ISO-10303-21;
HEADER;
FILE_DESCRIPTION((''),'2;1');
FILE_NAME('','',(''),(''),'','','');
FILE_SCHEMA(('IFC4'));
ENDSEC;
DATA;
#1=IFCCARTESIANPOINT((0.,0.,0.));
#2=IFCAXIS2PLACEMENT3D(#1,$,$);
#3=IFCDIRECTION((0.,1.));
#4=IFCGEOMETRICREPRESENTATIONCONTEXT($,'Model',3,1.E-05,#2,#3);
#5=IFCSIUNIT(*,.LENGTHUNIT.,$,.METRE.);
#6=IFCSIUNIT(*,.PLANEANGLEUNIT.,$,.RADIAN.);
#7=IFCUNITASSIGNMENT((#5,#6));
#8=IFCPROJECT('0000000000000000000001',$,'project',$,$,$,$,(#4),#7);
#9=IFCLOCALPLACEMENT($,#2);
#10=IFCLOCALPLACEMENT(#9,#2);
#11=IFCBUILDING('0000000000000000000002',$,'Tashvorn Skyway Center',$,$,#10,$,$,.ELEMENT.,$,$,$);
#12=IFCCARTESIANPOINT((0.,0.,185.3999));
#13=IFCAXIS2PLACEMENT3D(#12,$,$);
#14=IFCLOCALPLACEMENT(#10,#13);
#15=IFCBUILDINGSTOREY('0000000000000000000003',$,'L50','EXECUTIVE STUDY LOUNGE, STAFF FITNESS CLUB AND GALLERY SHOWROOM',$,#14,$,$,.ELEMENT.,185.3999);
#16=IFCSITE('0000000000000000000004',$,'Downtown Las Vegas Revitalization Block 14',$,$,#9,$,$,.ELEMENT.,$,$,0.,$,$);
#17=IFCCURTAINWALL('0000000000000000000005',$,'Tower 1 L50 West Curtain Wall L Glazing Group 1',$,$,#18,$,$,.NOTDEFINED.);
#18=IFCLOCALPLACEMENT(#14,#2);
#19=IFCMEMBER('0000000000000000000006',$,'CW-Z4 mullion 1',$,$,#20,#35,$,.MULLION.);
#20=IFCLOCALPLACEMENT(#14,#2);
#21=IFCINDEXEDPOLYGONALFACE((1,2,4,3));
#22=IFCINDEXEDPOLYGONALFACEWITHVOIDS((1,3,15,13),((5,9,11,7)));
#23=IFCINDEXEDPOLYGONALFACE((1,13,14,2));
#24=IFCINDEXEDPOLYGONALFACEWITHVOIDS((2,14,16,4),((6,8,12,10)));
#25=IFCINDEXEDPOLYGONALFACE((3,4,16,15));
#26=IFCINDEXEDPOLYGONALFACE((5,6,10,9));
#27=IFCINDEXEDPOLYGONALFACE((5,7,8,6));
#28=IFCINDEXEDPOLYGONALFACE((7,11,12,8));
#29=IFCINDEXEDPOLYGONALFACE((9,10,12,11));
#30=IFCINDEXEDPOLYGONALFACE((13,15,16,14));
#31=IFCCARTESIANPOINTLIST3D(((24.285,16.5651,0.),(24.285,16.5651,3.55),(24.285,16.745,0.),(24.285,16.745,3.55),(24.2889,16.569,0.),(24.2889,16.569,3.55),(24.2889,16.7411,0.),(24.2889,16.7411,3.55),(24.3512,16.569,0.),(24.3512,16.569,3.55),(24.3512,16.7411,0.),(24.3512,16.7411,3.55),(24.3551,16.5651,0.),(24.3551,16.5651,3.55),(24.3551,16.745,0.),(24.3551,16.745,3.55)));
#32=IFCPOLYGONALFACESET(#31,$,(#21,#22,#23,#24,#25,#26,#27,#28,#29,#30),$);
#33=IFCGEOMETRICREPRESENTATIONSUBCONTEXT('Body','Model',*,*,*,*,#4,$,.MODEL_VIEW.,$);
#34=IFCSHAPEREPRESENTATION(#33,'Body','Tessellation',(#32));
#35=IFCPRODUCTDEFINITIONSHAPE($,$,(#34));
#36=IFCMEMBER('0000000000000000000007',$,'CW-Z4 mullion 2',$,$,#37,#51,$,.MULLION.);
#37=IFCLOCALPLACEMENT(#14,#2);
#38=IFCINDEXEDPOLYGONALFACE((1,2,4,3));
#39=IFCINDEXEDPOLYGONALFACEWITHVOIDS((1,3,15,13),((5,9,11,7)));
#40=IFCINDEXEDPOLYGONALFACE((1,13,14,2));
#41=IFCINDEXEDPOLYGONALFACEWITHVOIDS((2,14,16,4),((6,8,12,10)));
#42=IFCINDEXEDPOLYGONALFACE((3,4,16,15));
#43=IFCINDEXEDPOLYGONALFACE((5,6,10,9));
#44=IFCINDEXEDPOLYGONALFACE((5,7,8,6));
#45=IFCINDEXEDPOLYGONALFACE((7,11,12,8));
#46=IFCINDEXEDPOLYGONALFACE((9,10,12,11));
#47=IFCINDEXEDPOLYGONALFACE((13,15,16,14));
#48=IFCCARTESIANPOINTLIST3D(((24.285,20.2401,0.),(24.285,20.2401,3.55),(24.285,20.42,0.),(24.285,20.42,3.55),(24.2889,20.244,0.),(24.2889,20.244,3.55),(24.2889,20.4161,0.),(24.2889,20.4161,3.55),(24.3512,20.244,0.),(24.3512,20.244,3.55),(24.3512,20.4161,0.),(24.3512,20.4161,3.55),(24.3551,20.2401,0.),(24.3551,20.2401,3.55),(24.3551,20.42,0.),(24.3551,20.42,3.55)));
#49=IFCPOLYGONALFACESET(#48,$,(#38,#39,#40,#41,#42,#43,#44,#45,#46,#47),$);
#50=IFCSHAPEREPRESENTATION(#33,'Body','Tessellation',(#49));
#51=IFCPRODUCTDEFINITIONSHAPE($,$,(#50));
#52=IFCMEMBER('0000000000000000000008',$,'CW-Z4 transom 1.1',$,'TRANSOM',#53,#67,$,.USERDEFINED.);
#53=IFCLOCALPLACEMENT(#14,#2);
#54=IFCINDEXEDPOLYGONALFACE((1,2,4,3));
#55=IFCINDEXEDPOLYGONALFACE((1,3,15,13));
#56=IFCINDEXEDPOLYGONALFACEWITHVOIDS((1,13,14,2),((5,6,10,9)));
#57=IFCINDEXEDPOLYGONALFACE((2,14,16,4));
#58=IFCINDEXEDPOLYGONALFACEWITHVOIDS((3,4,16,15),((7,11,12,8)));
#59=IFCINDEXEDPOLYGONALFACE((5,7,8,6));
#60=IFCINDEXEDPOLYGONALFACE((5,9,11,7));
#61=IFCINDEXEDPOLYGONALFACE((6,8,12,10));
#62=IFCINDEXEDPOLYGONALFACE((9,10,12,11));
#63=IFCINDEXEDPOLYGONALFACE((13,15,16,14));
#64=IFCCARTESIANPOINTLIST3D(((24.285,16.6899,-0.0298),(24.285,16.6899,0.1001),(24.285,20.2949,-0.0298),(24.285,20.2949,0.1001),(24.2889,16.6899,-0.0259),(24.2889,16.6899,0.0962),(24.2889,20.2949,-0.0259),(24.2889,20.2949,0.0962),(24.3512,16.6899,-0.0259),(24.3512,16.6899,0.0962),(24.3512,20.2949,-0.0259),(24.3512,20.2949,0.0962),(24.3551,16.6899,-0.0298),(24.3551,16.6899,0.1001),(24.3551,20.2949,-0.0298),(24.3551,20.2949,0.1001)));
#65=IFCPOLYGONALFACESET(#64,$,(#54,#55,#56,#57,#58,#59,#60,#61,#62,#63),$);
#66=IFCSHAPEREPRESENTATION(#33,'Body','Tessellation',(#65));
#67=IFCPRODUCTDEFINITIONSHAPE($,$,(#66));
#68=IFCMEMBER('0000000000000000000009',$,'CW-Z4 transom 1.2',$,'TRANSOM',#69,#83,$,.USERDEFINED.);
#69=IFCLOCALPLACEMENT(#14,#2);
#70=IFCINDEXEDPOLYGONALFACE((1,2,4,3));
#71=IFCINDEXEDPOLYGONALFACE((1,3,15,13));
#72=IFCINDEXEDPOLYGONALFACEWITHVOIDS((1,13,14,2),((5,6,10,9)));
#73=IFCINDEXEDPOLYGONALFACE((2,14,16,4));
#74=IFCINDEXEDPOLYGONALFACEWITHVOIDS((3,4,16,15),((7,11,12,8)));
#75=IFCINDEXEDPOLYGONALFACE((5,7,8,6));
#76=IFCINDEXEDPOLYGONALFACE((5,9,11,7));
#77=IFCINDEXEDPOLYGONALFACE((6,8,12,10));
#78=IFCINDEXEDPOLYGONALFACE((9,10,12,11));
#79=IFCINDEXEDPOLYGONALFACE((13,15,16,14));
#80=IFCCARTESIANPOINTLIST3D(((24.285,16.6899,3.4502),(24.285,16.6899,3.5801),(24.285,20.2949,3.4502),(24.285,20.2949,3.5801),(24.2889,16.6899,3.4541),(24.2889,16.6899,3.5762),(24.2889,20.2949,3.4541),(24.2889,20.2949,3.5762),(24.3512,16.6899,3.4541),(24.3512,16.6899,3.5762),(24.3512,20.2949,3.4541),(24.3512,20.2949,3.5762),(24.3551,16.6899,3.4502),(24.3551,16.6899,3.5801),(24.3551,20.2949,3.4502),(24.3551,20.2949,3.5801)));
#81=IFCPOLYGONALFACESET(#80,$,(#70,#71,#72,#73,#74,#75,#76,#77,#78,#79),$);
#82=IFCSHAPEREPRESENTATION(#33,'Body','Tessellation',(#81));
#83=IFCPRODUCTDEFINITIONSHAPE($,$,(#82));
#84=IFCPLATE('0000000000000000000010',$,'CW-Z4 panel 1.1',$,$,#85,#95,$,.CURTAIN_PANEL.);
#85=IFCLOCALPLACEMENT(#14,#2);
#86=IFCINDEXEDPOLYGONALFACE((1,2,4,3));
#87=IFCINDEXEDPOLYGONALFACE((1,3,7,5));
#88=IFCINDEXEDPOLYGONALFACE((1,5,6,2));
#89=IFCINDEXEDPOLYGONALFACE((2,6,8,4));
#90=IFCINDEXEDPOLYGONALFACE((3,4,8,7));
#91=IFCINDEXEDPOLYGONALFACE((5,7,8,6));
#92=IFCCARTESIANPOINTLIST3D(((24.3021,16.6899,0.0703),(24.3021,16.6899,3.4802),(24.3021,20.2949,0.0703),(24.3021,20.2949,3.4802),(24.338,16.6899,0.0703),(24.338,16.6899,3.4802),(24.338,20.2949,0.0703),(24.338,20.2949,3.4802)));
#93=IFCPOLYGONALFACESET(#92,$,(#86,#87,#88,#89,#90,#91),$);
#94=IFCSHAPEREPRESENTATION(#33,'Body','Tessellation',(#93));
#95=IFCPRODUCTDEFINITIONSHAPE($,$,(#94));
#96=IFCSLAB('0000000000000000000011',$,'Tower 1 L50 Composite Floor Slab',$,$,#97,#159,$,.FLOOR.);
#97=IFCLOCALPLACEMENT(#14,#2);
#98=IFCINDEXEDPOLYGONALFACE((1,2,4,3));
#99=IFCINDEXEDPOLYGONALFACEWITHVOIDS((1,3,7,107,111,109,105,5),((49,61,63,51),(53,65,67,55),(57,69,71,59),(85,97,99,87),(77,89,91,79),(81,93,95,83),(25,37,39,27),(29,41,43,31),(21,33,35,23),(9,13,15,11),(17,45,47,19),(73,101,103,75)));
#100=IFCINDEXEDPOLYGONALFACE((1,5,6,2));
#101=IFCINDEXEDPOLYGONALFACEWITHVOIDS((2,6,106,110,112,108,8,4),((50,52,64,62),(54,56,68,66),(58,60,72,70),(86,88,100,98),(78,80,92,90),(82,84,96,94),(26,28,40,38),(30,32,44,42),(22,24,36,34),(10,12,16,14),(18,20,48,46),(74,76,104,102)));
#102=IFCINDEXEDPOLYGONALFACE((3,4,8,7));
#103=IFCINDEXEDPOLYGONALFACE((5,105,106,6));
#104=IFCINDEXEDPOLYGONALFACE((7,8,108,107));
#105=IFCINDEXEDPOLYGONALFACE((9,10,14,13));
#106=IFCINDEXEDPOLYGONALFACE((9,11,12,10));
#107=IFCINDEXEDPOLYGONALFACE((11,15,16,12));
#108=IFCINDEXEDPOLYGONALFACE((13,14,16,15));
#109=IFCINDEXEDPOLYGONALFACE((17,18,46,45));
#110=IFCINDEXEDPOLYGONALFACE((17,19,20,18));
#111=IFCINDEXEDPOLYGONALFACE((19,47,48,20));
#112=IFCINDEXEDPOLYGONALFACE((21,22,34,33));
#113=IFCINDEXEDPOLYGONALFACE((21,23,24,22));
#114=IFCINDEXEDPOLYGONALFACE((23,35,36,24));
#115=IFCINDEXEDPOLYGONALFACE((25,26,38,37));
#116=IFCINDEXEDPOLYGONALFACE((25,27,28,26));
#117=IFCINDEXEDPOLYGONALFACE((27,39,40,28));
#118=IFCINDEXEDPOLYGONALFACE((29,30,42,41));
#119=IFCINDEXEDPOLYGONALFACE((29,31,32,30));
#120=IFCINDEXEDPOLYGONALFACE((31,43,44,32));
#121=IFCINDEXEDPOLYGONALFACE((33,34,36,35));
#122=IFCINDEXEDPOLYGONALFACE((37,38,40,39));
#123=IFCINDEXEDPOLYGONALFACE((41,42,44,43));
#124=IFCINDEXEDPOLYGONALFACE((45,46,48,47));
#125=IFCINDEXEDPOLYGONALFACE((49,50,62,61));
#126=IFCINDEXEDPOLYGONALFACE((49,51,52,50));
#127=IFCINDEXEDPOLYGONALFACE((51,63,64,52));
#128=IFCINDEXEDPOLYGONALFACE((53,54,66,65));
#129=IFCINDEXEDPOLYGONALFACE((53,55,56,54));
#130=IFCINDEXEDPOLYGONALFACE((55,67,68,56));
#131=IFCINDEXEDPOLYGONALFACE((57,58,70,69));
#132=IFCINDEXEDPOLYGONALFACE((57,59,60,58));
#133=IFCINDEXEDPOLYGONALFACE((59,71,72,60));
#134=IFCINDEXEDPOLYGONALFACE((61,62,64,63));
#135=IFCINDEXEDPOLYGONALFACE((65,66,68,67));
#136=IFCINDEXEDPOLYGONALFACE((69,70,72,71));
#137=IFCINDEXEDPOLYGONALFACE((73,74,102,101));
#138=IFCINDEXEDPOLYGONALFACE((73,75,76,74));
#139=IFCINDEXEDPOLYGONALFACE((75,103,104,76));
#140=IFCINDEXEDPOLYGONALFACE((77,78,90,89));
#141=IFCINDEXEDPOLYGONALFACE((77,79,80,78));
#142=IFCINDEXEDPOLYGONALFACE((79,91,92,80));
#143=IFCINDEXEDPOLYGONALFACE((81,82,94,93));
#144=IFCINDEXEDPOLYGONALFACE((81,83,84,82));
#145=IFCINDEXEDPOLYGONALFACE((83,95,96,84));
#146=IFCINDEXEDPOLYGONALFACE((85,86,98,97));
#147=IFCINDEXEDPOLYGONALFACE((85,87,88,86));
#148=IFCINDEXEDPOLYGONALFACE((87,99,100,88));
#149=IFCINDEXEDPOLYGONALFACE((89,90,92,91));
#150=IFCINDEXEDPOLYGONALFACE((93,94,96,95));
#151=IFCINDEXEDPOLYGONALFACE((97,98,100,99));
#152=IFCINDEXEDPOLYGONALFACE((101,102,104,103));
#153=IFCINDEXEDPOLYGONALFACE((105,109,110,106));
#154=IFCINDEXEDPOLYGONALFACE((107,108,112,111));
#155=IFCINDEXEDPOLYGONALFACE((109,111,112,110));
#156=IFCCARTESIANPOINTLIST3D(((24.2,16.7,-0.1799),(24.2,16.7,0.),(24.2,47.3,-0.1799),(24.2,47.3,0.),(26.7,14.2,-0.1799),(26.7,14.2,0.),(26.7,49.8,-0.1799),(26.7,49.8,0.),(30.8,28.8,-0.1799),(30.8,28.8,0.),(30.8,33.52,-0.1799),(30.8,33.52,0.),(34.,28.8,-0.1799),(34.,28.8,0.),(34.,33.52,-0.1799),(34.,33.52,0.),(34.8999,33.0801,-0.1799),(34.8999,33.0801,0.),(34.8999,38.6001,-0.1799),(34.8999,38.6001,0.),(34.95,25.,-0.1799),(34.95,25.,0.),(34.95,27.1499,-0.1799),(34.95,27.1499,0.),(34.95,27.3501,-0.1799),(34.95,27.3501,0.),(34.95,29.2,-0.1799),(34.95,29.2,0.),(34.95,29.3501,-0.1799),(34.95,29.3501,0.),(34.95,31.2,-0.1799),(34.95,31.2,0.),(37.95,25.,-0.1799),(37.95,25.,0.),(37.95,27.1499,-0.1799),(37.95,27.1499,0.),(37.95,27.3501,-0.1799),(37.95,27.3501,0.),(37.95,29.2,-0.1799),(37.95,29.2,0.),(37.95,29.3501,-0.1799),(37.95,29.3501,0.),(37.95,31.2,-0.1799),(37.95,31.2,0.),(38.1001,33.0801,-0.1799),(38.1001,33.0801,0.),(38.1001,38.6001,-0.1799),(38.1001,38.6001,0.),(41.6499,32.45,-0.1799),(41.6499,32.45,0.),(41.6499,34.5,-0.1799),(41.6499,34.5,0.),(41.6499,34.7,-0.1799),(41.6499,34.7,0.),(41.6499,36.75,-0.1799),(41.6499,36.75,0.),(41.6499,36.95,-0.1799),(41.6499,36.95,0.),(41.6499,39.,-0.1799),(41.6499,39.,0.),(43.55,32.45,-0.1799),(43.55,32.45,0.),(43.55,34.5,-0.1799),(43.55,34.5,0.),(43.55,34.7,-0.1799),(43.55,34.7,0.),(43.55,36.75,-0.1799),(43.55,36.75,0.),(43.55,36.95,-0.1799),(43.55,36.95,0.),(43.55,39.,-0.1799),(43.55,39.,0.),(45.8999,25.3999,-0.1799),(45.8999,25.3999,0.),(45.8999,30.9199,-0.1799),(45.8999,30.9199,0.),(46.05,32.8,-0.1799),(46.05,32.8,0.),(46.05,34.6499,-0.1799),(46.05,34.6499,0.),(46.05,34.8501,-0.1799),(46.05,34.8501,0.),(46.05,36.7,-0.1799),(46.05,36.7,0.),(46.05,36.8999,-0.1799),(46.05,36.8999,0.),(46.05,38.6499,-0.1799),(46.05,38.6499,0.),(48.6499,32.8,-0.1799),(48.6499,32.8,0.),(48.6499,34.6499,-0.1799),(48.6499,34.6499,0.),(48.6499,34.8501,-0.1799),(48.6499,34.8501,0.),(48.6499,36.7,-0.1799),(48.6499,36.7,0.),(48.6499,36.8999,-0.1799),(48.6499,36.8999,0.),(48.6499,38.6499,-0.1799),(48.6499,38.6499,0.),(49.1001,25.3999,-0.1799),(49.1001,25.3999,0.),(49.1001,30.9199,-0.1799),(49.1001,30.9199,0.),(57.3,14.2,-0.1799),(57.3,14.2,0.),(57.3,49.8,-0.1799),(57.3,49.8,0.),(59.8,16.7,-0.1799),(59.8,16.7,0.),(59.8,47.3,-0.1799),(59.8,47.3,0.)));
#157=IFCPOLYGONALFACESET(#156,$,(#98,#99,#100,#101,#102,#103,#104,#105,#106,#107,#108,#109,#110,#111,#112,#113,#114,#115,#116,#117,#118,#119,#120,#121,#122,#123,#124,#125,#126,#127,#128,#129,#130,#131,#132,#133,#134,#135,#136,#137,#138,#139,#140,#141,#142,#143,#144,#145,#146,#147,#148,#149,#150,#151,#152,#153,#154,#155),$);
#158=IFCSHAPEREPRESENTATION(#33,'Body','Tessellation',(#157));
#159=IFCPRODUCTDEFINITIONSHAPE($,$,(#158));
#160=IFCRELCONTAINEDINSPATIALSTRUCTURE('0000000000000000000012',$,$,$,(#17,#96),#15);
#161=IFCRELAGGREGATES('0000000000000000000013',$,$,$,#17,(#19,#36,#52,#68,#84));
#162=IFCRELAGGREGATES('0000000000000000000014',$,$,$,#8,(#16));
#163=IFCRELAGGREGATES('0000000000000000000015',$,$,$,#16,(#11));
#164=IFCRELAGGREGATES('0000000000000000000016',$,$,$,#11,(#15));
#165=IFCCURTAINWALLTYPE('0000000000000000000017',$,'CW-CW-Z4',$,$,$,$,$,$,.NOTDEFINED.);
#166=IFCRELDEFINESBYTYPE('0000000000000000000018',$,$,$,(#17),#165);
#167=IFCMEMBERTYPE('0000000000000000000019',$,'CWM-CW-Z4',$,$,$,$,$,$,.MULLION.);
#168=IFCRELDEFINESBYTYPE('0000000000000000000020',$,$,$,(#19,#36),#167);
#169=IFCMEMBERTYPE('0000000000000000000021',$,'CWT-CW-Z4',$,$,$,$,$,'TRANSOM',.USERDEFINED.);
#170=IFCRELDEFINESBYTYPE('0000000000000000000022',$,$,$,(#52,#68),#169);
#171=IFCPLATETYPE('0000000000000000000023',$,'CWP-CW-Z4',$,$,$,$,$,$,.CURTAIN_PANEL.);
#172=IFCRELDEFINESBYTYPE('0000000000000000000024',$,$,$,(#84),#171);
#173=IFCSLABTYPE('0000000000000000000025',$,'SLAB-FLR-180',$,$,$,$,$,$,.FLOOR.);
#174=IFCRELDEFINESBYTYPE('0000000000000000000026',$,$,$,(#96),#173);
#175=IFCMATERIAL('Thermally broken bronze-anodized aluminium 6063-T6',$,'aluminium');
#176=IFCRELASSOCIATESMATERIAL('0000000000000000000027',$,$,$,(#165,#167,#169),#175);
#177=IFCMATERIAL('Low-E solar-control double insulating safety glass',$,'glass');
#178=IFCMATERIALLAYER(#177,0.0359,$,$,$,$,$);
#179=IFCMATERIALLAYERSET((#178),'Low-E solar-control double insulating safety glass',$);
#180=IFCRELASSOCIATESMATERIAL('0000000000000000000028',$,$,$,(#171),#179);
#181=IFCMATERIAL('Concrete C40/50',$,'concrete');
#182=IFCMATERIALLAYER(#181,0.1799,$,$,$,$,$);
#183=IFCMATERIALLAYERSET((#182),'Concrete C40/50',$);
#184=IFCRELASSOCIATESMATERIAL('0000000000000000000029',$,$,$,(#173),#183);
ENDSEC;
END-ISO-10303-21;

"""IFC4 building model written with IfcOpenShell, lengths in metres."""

from ifc_helpers import new_model, si_unit, direction, frame, origin, origin_2d, place, context, subcontext, project, spatial, polyline, rectangle, hollow_rectangle, outline, extrude, material, layer, layer_set, material_profile, profile_set, type_object, element, aggregate, save


model = new_model("IFC4")

# Units and contexts
model_context = context("Model", 3, precision=1e-05, world=origin(), true_north=direction((0.0, 1.0)))
body_context = subcontext(model_context, "Body", "Model", "MODEL_VIEW")
ifc_project = project(units=[si_unit("LENGTHUNIT", "METRE"), si_unit("PLANEANGLEUNIT", "RADIAN")], contexts=[model_context])

# Site, building, storey
site_placement = place(None, origin())
site = spatial("IfcSite", under=ifc_project, at=site_placement, Name="Downtown Las Vegas Revitalization Block 14", CompositionType="ELEMENT", RefElevation=0.0)
building_placement = place(site_placement, origin())
building = spatial("IfcBuilding", under=site, at=building_placement, Name="Tashvorn Skyway Center", CompositionType="ELEMENT")
storey_placement = place(building_placement, frame((0.0, 0.0, 185.3999)))
storey = spatial("IfcBuildingStorey", under=building, at=storey_placement, Name="L50", Description="EXECUTIVE STUDY LOUNGE, STAFF FITNESS CLUB AND GALLERY SHOWROOM", CompositionType="ELEMENT", Elevation=185.3999)

# Curtain wall, members, plate
ifc_material_1 = material(Name="Thermally broken bronze-anodized aluminium 6063-T6", Category="aluminium")
curtain_wall_type = type_object("IfcCurtainWallType", Name="CW-CW-Z4", PredefinedType="NOTDEFINED", material=ifc_material_1)
curtain_wall_placement = place(storey_placement, origin())
curtain_wall = element("IfcCurtainWall", 1, at=curtain_wall_placement, inside=storey, type_object=curtain_wall_type, Name="Tower 1 L50 West Curtain Wall L Glazing Group 1", PredefinedType="NOTDEFINED")
ifc_material_profile_1 = material_profile(ifc_material_1, hollow_rectangle(XDim=0.0701, YDim=0.1799, WallThickness=0.0039, at=origin_2d()), Name="ALU-MULL-70x180")
ifc_profile_set_1 = profile_set([ifc_material_profile_1], Name="Thermally broken bronze-anodized aluminium 6063-T6")
member_type_1 = type_object("IfcMemberType", Name="CWM-CW-Z4", PredefinedType="MULLION", material=ifc_profile_set_1)
member_1_placement = place(storey_placement, frame((24.3201, 16.655, 0.0), z_axis=(0.0, 0.0, 1.0), x_axis=(-1.0, 0.0, 0.0)))
member_1 = element("IfcMember", 2, at=member_1_placement, type_object=member_type_1, Name="CW-Z4 mullion 1", PredefinedType="MULLION", context=body_context, shape_type="SweptSolid", body=[
    extrude(hollow_rectangle(XDim=0.0701, YDim=0.1799, WallThickness=0.0039, at=origin_2d()), origin(), (0.0, 0.0, 1.0), 3.55),
])
member_2_placement = place(storey_placement, frame((24.3201, 20.3301, 0.0), z_axis=(0.0, 0.0, 1.0), x_axis=(-1.0, 0.0, 0.0)))
member_2 = element("IfcMember", 3, at=member_2_placement, type_object=member_type_1, Name="CW-Z4 mullion 2", PredefinedType="MULLION", context=body_context, shape_type="SweptSolid", body=[
    extrude(hollow_rectangle(XDim=0.0701, YDim=0.1799, WallThickness=0.0039, at=origin_2d()), origin(), (0.0, 0.0, 1.0), 3.55),
])
ifc_material_profile_2 = material_profile(ifc_material_1, hollow_rectangle(XDim=0.0701, YDim=0.1299, WallThickness=0.0039, at=origin_2d()), Name="ALU-TRAN-70x130")
ifc_profile_set_2 = profile_set([ifc_material_profile_2], Name="Thermally broken bronze-anodized aluminium 6063-T6")
member_type_2 = type_object("IfcMemberType", Name="CWT-CW-Z4", ElementType="TRANSOM", PredefinedType="USERDEFINED", material=ifc_profile_set_2)
member_3_placement = place(storey_placement, frame((24.3201, 16.6899, 0.0352), z_axis=(0.0, 1.0, 0.0), x_axis=(-1.0, 0.0, 0.0)))
member_3 = element("IfcMember", 4, at=member_3_placement, type_object=member_type_2, Name="CW-Z4 transom 1.1", ObjectType="TRANSOM", PredefinedType="USERDEFINED", context=body_context, shape_type="SweptSolid", body=[
    extrude(hollow_rectangle(XDim=0.0701, YDim=0.1299, WallThickness=0.0039, at=origin_2d()), origin(), (0.0, 0.0, 1.0), 3.605),
])
member_4_placement = place(storey_placement, frame((24.3201, 16.6899, 3.5151), z_axis=(0.0, 1.0, 0.0), x_axis=(-1.0, 0.0, 0.0)))
member_4 = element("IfcMember", 5, at=member_4_placement, type_object=member_type_2, Name="CW-Z4 transom 1.2", ObjectType="TRANSOM", PredefinedType="USERDEFINED", context=body_context, shape_type="SweptSolid", body=[
    extrude(hollow_rectangle(XDim=0.0701, YDim=0.1299, WallThickness=0.0039, at=origin_2d()), origin(), (0.0, 0.0, 1.0), 3.605),
])
ifc_material_2 = material(Name="Low-E solar-control double insulating safety glass", Category="glass")
ifc_layer_1 = layer(ifc_material_2, 0.0359)
ifc_layer_set_1 = layer_set([ifc_layer_1], Name="Low-E solar-control double insulating safety glass")
plate_type = type_object("IfcPlateType", Name="CWP-CW-Z4", PredefinedType="CURTAIN_PANEL", material=ifc_layer_set_1)
plate_placement = place(storey_placement, frame((24.3201, 18.4924, 0.0703), z_axis=(0.0, 0.0, 1.0), x_axis=(0.0, 1.0, 0.0)))
plate = element("IfcPlate", 6, at=plate_placement, type_object=plate_type, Name="CW-Z4 panel 1.1", PredefinedType="CURTAIN_PANEL", context=body_context, shape_type="SweptSolid", body=[
    extrude(rectangle(XDim=3.605, YDim=0.0359, at=origin_2d()), origin(), (0.0, 0.0, 1.0), 3.4099),
])
aggregate(curtain_wall, [member_1, member_2, member_3, member_4, plate])

# Slab
ifc_material_3 = material(Name="Concrete C40/50", Category="concrete")
ifc_layer_2 = layer(ifc_material_3, 0.1799)
ifc_layer_set_2 = layer_set([ifc_layer_2], Name="Concrete C40/50")
slab_type_1 = type_object("IfcSlabType", Name="SLAB-FLR-180", PredefinedType="FLOOR", material=ifc_layer_set_2)
slab_1_placement = place(storey_placement, frame((0.0, 0.0, -0.1799)))
element("IfcSlab", 7, at=slab_1_placement, inside=storey, type_object=slab_type_1, Name="Tower 1 L50 Composite Floor Slab", PredefinedType="FLOOR", context=body_context, shape_type="SweptSolid", body=[
    extrude(outline(polyline([(26.7, 14.2), (57.3, 14.2), (59.8, 16.7), (59.8, 47.3), (57.3, 49.8), (26.7, 49.8), (24.2, 47.3), (24.2, 16.7), (26.7, 14.2)]), holes=[polyline([(38.1001, 33.0801), (38.1001, 38.6001), (34.8999, 38.6001), (34.8999, 33.0801), (38.1001, 33.0801)]), polyline([(45.8999, 30.9199), (45.8999, 25.3999), (49.1001, 25.3999), (49.1001, 30.9199), (45.8999, 30.9199)]), polyline([(30.8, 33.52), (30.8, 28.8), (34.0, 28.8), (34.0, 33.52), (30.8, 33.52)]), polyline([(34.95, 29.3501), (37.95, 29.3501), (37.95, 31.2), (34.95, 31.2), (34.95, 29.3501)]), polyline([(34.95, 27.3501), (37.95, 27.3501), (37.95, 29.2), (34.95, 29.2), (34.95, 27.3501)]), polyline([(34.95, 25.0), (37.95, 25.0), (37.95, 27.1499), (34.95, 27.1499), (34.95, 25.0)]), polyline([(41.6499, 32.45), (43.55, 32.45), (43.55, 34.5), (41.6499, 34.5), (41.6499, 32.45)]), polyline([(41.6499, 34.7), (43.55, 34.7), (43.55, 36.75), (41.6499, 36.75), (41.6499, 34.7)]), polyline([(41.6499, 36.95), (43.55, 36.95), (43.55, 39.0), (41.6499, 39.0), (41.6499, 36.95)]), polyline([(46.05, 32.8), (48.6499, 32.8), (48.6499, 34.6499), (46.05, 34.6499), (46.05, 32.8)]), polyline([(46.05, 34.8501), (48.6499, 34.8501), (48.6499, 36.7), (46.05, 36.7), (46.05, 34.8501)]), polyline([(46.05, 36.8999), (48.6499, 36.8999), (48.6499, 38.6499), (46.05, 38.6499), (46.05, 36.8999)])]), origin(), (0.0, 0.0, 1.0), 0.1799),
])

save(model, "model.ifc")
